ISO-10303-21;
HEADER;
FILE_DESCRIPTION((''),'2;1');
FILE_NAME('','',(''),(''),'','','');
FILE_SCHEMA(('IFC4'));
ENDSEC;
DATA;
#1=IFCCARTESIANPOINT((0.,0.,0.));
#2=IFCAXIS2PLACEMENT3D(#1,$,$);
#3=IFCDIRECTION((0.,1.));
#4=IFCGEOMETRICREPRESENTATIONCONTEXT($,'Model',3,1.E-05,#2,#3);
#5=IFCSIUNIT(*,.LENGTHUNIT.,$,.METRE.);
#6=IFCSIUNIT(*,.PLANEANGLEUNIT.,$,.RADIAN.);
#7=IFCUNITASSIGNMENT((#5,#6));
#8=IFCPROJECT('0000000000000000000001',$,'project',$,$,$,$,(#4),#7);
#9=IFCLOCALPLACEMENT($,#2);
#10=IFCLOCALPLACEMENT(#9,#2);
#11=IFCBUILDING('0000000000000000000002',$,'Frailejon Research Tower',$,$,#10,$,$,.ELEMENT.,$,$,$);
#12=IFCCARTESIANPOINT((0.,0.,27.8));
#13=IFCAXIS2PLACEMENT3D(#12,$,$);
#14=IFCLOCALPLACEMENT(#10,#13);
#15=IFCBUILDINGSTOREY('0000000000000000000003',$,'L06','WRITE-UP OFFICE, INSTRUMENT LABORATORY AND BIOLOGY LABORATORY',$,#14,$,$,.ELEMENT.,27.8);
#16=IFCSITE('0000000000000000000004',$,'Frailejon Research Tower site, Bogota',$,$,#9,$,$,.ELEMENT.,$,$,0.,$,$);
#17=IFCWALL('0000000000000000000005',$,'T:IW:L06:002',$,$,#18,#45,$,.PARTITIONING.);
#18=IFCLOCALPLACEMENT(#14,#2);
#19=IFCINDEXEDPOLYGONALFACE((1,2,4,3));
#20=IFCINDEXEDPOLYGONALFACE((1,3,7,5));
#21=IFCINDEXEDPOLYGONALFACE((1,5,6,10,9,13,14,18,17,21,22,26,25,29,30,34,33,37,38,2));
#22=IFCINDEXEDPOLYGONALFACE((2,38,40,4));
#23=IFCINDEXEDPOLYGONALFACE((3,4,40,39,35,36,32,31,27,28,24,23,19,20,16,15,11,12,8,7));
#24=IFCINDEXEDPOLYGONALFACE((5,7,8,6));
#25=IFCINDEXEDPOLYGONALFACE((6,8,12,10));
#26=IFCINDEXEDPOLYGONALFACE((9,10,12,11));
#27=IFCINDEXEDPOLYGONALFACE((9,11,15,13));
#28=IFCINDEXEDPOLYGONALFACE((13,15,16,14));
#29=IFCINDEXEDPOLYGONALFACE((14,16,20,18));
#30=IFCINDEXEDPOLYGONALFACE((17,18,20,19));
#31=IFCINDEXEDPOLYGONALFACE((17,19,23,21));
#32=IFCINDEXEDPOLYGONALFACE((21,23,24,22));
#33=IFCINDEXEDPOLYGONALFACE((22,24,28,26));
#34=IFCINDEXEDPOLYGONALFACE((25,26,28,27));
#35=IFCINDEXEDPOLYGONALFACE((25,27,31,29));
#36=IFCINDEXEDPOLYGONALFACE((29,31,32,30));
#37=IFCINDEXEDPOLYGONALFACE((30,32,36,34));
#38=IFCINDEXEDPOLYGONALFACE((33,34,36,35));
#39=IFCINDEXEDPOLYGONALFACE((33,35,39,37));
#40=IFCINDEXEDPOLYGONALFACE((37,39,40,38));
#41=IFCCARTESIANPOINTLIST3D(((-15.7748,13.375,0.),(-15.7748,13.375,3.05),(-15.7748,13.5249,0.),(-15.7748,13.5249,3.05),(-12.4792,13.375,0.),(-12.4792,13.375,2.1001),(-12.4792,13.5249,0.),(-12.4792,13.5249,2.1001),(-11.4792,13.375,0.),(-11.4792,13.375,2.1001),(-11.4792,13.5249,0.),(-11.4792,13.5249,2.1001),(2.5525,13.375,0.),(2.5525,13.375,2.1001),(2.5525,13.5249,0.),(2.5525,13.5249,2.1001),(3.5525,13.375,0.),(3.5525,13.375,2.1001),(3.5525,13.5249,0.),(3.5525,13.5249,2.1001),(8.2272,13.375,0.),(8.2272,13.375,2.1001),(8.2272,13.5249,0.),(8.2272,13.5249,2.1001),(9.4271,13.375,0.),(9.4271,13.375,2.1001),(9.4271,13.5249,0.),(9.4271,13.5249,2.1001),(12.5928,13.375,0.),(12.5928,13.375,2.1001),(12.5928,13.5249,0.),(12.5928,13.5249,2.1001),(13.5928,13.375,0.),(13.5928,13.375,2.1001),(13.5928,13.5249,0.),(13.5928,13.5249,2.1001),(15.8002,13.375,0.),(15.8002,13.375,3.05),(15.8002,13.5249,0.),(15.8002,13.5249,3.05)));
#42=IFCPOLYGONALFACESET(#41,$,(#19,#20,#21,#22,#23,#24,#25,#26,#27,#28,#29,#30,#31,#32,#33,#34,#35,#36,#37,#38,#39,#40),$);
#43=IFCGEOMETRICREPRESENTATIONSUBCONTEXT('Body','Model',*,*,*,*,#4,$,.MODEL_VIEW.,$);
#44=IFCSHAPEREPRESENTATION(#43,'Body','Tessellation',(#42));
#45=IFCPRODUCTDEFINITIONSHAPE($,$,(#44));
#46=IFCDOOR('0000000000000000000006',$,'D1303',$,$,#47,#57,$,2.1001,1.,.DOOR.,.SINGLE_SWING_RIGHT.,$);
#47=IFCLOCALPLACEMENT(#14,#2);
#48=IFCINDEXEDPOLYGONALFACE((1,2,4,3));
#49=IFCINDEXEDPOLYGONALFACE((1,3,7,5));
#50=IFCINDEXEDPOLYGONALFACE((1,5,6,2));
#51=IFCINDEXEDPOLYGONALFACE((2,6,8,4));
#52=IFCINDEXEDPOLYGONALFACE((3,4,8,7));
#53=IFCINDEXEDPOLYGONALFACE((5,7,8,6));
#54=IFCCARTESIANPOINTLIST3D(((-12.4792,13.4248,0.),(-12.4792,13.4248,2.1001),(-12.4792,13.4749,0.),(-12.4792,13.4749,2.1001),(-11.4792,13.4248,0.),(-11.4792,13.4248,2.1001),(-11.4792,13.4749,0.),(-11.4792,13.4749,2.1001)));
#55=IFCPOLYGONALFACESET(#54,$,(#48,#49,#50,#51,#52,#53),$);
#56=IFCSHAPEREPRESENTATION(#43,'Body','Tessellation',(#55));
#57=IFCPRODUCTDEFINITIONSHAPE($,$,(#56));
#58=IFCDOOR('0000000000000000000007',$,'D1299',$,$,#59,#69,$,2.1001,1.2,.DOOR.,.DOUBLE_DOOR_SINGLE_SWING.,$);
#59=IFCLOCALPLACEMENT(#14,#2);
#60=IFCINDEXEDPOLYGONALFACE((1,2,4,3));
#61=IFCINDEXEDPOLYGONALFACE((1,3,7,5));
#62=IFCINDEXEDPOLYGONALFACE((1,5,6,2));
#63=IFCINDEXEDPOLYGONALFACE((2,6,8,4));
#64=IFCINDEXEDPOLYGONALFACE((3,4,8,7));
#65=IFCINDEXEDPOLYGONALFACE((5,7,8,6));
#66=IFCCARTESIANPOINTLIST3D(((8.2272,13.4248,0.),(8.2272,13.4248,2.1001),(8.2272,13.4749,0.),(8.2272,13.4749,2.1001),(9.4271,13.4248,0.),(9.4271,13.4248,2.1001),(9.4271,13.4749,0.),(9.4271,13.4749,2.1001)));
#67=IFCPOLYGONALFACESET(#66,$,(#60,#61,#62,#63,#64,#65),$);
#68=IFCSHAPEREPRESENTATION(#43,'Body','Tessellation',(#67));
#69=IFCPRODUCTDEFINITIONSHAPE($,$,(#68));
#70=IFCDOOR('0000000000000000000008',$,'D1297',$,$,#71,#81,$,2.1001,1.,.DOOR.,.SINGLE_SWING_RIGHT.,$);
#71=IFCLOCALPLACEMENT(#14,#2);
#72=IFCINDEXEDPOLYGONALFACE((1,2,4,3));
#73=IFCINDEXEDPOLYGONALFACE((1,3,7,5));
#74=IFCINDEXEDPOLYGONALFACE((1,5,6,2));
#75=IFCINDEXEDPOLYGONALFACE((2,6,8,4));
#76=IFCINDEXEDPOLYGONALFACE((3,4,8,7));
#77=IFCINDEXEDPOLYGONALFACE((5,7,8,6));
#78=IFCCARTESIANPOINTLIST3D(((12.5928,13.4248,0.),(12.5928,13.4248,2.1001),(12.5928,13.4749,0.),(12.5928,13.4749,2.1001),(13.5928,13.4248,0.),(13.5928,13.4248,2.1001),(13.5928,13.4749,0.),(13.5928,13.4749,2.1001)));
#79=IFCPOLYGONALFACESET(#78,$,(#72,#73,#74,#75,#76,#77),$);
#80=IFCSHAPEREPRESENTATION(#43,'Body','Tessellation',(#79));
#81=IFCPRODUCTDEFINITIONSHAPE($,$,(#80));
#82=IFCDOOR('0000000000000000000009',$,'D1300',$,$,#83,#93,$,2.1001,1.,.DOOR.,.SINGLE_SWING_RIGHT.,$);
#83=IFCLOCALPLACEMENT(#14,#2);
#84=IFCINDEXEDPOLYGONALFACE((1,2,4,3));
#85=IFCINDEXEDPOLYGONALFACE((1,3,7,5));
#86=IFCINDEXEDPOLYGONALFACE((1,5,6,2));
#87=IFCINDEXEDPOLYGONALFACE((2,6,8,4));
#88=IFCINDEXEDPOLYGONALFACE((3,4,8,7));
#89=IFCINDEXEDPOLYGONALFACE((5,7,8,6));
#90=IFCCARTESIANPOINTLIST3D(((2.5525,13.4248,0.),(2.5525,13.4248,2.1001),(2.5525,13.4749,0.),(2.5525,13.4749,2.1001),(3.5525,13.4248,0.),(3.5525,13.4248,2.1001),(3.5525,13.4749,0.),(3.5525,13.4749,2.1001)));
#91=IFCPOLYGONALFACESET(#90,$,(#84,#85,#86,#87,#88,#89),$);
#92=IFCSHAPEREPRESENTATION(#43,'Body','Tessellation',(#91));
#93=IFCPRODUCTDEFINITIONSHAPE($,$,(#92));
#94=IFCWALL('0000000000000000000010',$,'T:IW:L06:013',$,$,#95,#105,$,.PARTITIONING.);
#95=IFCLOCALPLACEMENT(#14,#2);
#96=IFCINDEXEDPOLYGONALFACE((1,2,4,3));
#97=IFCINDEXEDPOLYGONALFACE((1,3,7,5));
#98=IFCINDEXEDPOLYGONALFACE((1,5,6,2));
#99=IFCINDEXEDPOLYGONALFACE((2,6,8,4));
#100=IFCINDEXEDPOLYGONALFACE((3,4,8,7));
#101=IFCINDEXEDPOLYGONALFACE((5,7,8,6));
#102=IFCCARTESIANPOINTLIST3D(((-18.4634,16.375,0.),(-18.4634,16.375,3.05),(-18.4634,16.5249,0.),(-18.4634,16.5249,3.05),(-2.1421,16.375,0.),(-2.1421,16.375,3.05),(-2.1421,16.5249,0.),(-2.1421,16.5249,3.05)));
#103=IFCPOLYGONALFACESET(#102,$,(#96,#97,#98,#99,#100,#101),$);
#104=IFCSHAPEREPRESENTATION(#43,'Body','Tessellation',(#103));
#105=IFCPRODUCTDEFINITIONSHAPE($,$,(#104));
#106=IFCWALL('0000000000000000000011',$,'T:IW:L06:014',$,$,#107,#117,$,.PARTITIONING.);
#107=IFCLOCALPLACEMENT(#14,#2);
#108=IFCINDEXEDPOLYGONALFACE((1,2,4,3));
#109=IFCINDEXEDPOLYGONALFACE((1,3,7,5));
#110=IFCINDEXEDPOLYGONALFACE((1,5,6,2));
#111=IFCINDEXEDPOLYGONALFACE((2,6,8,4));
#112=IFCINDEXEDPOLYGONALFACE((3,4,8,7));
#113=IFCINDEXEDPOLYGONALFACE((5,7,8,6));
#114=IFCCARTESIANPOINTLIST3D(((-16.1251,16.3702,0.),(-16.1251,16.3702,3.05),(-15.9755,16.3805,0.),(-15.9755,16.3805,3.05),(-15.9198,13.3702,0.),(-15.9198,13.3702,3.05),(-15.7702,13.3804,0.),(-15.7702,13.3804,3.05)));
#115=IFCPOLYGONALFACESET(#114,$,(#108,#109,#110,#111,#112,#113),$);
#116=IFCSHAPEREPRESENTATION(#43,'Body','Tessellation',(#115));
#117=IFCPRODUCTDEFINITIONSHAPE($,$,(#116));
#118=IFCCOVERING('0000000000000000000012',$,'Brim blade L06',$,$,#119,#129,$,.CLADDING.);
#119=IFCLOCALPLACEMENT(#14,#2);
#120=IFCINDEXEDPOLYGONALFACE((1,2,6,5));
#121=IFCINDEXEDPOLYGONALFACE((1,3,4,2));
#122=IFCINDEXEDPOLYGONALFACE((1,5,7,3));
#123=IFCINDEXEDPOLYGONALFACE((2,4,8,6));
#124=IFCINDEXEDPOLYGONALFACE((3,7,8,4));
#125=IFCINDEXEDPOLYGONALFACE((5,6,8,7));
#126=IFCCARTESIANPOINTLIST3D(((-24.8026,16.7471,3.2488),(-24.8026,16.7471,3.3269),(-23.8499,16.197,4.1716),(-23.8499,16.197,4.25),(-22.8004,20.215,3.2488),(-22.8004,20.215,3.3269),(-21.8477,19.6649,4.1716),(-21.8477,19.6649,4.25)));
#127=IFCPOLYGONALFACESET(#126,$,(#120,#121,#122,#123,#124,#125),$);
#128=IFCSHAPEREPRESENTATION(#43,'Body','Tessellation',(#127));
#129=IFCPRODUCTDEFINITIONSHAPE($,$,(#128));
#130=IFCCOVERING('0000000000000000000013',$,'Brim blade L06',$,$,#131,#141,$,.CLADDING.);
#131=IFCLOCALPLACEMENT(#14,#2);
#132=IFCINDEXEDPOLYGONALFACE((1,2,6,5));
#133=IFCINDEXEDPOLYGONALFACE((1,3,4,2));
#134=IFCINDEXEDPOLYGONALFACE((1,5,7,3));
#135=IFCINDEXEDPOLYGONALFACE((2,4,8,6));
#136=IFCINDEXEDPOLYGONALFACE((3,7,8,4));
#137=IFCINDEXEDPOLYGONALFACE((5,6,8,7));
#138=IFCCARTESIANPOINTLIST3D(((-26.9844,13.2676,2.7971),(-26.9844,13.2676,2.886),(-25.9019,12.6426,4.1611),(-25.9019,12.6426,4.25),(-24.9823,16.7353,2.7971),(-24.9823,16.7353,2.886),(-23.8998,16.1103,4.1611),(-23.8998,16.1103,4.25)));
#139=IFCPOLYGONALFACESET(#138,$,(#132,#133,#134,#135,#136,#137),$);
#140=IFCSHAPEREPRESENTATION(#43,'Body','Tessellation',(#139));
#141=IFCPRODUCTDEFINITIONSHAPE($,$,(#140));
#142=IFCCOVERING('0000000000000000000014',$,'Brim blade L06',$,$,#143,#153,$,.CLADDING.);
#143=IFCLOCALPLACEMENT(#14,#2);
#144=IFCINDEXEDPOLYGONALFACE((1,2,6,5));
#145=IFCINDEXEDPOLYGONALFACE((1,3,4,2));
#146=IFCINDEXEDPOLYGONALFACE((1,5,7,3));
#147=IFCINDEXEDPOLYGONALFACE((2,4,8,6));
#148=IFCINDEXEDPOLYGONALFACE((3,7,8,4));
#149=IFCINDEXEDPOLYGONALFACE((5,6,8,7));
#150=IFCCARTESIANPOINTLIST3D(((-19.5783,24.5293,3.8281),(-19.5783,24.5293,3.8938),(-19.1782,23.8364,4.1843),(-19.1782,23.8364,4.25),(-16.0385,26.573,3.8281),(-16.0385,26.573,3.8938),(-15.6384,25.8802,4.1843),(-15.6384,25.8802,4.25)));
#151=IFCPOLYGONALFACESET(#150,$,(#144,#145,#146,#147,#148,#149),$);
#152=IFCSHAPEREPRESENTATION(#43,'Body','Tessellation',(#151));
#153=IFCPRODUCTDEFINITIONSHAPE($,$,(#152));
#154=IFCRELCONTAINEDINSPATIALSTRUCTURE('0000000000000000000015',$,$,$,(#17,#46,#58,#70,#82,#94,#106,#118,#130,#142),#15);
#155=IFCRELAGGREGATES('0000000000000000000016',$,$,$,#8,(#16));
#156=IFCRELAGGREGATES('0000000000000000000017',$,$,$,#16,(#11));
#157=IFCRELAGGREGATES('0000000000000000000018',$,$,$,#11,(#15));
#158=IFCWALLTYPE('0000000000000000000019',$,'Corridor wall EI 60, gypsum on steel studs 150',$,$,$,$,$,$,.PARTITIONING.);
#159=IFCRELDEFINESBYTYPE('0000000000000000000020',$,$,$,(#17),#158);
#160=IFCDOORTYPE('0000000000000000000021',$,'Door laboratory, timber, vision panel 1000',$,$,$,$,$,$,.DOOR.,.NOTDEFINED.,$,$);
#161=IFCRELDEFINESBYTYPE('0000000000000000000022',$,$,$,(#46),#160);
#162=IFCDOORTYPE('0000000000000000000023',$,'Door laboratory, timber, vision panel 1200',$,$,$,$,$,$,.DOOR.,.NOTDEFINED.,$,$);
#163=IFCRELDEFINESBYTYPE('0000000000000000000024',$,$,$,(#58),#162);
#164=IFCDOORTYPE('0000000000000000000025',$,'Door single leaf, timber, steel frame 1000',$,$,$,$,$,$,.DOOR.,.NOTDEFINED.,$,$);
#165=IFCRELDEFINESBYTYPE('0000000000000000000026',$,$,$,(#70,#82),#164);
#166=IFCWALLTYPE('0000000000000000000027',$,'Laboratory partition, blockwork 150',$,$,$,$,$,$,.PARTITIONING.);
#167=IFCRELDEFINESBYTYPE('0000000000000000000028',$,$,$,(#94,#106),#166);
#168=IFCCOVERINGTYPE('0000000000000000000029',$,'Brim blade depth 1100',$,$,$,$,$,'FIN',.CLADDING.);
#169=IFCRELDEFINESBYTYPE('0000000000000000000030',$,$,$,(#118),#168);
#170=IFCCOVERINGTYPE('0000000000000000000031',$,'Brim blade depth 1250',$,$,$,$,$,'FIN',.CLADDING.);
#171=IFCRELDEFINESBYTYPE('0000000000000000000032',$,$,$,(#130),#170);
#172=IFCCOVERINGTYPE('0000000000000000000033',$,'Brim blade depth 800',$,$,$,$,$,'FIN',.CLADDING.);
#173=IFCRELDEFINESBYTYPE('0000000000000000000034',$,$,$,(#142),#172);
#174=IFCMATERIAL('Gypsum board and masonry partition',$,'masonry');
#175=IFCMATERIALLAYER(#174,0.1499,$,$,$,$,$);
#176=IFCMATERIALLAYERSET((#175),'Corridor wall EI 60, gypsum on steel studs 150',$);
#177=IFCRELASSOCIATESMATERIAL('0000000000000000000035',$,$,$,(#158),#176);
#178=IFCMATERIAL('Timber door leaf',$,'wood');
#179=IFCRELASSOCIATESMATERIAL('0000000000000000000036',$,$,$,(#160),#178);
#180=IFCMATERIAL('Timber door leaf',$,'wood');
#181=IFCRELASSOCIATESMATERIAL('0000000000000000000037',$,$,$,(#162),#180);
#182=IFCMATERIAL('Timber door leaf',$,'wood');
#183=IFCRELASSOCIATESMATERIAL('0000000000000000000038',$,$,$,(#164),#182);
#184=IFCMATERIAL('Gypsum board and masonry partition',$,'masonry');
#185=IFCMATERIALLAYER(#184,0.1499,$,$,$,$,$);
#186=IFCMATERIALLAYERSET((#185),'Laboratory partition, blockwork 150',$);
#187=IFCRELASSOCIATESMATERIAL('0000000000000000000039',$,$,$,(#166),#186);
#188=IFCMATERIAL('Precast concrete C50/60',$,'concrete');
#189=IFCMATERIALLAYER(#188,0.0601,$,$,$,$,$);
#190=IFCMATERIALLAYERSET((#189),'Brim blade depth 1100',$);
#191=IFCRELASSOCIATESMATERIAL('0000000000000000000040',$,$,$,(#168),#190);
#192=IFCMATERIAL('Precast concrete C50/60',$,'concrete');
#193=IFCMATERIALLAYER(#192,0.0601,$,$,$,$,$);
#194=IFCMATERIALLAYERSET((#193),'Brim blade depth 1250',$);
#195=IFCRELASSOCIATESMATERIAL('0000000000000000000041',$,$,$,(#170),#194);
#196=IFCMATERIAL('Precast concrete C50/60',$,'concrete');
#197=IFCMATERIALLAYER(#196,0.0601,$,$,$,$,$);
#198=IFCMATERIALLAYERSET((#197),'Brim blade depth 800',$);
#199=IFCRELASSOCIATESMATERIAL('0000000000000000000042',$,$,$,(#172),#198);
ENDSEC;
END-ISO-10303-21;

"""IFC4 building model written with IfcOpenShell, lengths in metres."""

from ifc_helpers import new_model, si_unit, direction, frame, frame_2d, origin, place, context, subcontext, project, spatial, polyline, rectangle, outline, extrude, material, layer, layer_set, type_object, element, fill, save


model = new_model("IFC4")

# Units and contexts
model_context = context("Model", 3, precision=1e-05, world=origin(), true_north=direction((0.0, 1.0)))
body_context = subcontext(model_context, "Body", "Model", "MODEL_VIEW")
ifc_project = project(units=[si_unit("LENGTHUNIT", "METRE"), si_unit("PLANEANGLEUNIT", "RADIAN")], contexts=[model_context])

# Site, building, storey
site_placement = place(None, origin())
site = spatial("IfcSite", under=ifc_project, at=site_placement, Name="Frailejon Research Tower site, Bogota", CompositionType="ELEMENT", RefElevation=0.0)
building_placement = place(site_placement, origin())
building = spatial("IfcBuilding", under=site, at=building_placement, Name="Frailejon Research Tower", CompositionType="ELEMENT")
storey_placement = place(building_placement, frame((0.0, 0.0, 27.8)))
storey = spatial("IfcBuildingStorey", under=building, at=storey_placement, Name="L06", Description="WRITE-UP OFFICE, INSTRUMENT LABORATORY AND BIOLOGY LABORATORY", CompositionType="ELEMENT", Elevation=27.8)

# Wall, openings, doors
ifc_material_1 = material(Name="Gypsum board and masonry partition", Category="masonry")
ifc_layer_1 = layer(ifc_material_1, 0.1499)
ifc_layer_set_1 = layer_set([ifc_layer_1], Name="Corridor wall EI 60, gypsum on steel studs 150")
wall_type_1 = type_object("IfcWallType", Name="Corridor wall EI 60, gypsum on steel studs 150", PredefinedType="PARTITIONING", material=ifc_layer_set_1)
wall_1_placement = place(storey_placement, frame((-15.7749, 13.45, 0.0), z_axis=(0.0, 0.0, 1.0), x_axis=(1.0, 0.0, 0.0)))
wall_1 = element("IfcWall", 1, at=wall_1_placement, inside=storey, type_object=wall_type_1, Name="T:IW:L06:002", PredefinedType="PARTITIONING", context=body_context, shape_type="SweptSolid", body=[
    extrude(rectangle(XDim=31.575, YDim=0.1499, at=frame_2d((15.7876, 0.0))), origin(), (0.0, 0.0, 1.0), 3.05),
])
opening_1_placement = place(wall_1_placement, frame((28.3677, 0.0, 0.0)))
opening_1 = element("IfcOpeningElement", 2, at=opening_1_placement, cuts=wall_1, PredefinedType="OPENING", context=body_context, shape_type="SweptSolid", body=[
    extrude(rectangle(XDim=1.0, YDim=2.1001, at=frame_2d((0.5, 1.05))), frame((0.0, 0.085, 0.0), z_axis=(0.0, -1.0, 0.0), x_axis=(1.0, 0.0, 0.0)), (0.0, 0.0, 1.0), 0.1699),
])
opening_2_placement = place(wall_1_placement, frame((24.002, 0.0, 0.0)))
opening_2 = element("IfcOpeningElement", 3, at=opening_2_placement, cuts=wall_1, PredefinedType="OPENING", context=body_context, shape_type="SweptSolid", body=[
    extrude(rectangle(XDim=1.2, YDim=2.1001, at=frame_2d((0.6001, 1.05))), frame((0.0, 0.085, 0.0), z_axis=(0.0, -1.0, 0.0), x_axis=(1.0, 0.0, 0.0)), (0.0, 0.0, 1.0), 0.1699),
])
opening_3_placement = place(wall_1_placement, frame((18.3274, 0.0, 0.0)))
opening_3 = element("IfcOpeningElement", 4, at=opening_3_placement, cuts=wall_1, PredefinedType="OPENING", context=body_context, shape_type="SweptSolid", body=[
    extrude(rectangle(XDim=1.0, YDim=2.1001, at=frame_2d((0.5, 1.05))), frame((0.0, 0.085, 0.0), z_axis=(0.0, -1.0, 0.0), x_axis=(1.0, 0.0, 0.0)), (0.0, 0.0, 1.0), 0.1699),
])
opening_4_placement = place(wall_1_placement, frame((3.2957, 0.0, 0.0)))
opening_4 = element("IfcOpeningElement", 5, at=opening_4_placement, cuts=wall_1, PredefinedType="OPENING", context=body_context, shape_type="SweptSolid", body=[
    extrude(rectangle(XDim=1.0, YDim=2.1001, at=frame_2d((0.5, 1.05))), frame((0.0, 0.085, 0.0), z_axis=(0.0, -1.0, 0.0), x_axis=(1.0, 0.0, 0.0)), (0.0, 0.0, 1.0), 0.1699),
])
ifc_material_2 = material(Name="Timber door leaf", Category="wood")
door_type_1 = type_object("IfcDoorType", Name="Door laboratory, timber, vision panel 1000", OperationType="NOTDEFINED", PredefinedType="DOOR", material=ifc_material_2)
door_1_placement = place(opening_4_placement, origin())
door_1 = element("IfcDoor", 6, at=door_1_placement, inside=storey, type_object=door_type_1, Name="D1303", OperationType="SINGLE_SWING_RIGHT", OverallHeight=2.1001, OverallWidth=1.0, PredefinedType="DOOR", context=body_context, shape_type="SweptSolid", body=[
    extrude(rectangle(XDim=1.0, YDim=2.1001, at=frame_2d((0.5, 1.05))), frame((0.0, 0.0249, 0.0), z_axis=(0.0, -1.0, 0.0), x_axis=(1.0, 0.0, 0.0)), (0.0, 0.0, 1.0), 0.05),
])
fill(opening_4, door_1)
ifc_material_3 = material(Name="Timber door leaf", Category="wood")
door_type_2 = type_object("IfcDoorType", Name="Door laboratory, timber, vision panel 1200", OperationType="NOTDEFINED", PredefinedType="DOOR", material=ifc_material_3)
door_2_placement = place(opening_2_placement, origin())
door_2 = element("IfcDoor", 7, at=door_2_placement, inside=storey, type_object=door_type_2, Name="D1299", OperationType="DOUBLE_DOOR_SINGLE_SWING", OverallHeight=2.1001, OverallWidth=1.2, PredefinedType="DOOR", context=body_context, shape_type="SweptSolid", body=[
    extrude(rectangle(XDim=1.2, YDim=2.1001, at=frame_2d((0.6001, 1.05))), frame((0.0, 0.0249, 0.0), z_axis=(0.0, -1.0, 0.0), x_axis=(1.0, 0.0, 0.0)), (0.0, 0.0, 1.0), 0.05),
])
fill(opening_2, door_2)
ifc_material_4 = material(Name="Timber door leaf", Category="wood")
door_type_3 = type_object("IfcDoorType", Name="Door single leaf, timber, steel frame 1000", OperationType="NOTDEFINED", PredefinedType="DOOR", material=ifc_material_4)
door_3_placement = place(opening_1_placement, origin())
door_3 = element("IfcDoor", 8, at=door_3_placement, inside=storey, type_object=door_type_3, Name="D1297", OperationType="SINGLE_SWING_RIGHT", OverallHeight=2.1001, OverallWidth=1.0, PredefinedType="DOOR", context=body_context, shape_type="SweptSolid", body=[
    extrude(rectangle(XDim=1.0, YDim=2.1001, at=frame_2d((0.5, 1.05))), frame((0.0, 0.0249, 0.0), z_axis=(0.0, -1.0, 0.0), x_axis=(1.0, 0.0, 0.0)), (0.0, 0.0, 1.0), 0.05),
])
fill(opening_1, door_3)
door_4_placement = place(opening_3_placement, origin())
door_4 = element("IfcDoor", 9, at=door_4_placement, inside=storey, type_object=door_type_3, Name="D1300", OperationType="SINGLE_SWING_RIGHT", OverallHeight=2.1001, OverallWidth=1.0, PredefinedType="DOOR", context=body_context, shape_type="SweptSolid", body=[
    extrude(rectangle(XDim=1.0, YDim=2.1001, at=frame_2d((0.5, 1.05))), frame((0.0, 0.0249, 0.0), z_axis=(0.0, -1.0, 0.0), x_axis=(1.0, 0.0, 0.0)), (0.0, 0.0, 1.0), 0.05),
])
fill(opening_3, door_4)

# Walls
ifc_material_5 = material(Name="Gypsum board and masonry partition", Category="masonry")
ifc_layer_2 = layer(ifc_material_5, 0.1499)
ifc_layer_set_2 = layer_set([ifc_layer_2], Name="Laboratory partition, blockwork 150")
wall_type_2 = type_object("IfcWallType", Name="Laboratory partition, blockwork 150", PredefinedType="PARTITIONING", material=ifc_layer_set_2)
wall_2_placement = place(storey_placement, frame((-18.4634, 16.45, 0.0), z_axis=(0.0, 0.0, 1.0), x_axis=(1.0, 0.0, 0.0)))
element("IfcWall", 10, at=wall_2_placement, inside=storey, type_object=wall_type_2, Name="T:IW:L06:013", PredefinedType="PARTITIONING", context=body_context, shape_type="SweptSolid", body=[
    extrude(rectangle(XDim=16.3213, YDim=0.1499, at=frame_2d((8.1606, 0.0))), origin(), (0.0, 0.0, 1.0), 3.05),
])
wall_3_placement = place(storey_placement, frame((-16.0503, 16.3752, 0.0), z_axis=(0.0, 0.0, 1.0), x_axis=(0.068281, -0.997666, 0.0)))
element("IfcWall", 11, at=wall_3_placement, inside=storey, type_object=wall_type_2, Name="T:IW:L06:014", PredefinedType="PARTITIONING", context=body_context, shape_type="SweptSolid", body=[
    extrude(rectangle(XDim=3.0071, YDim=0.1499, at=frame_2d((1.5034, 0.0))), origin(), (0.0, 0.0, 1.0), 3.05),
])

# Coverings
ifc_material_6 = material(Name="Precast concrete C50/60", Category="concrete")
ifc_layer_3 = layer(ifc_material_6, 0.0601)
ifc_layer_set_3 = layer_set([ifc_layer_3], Name="Brim blade depth 1100")
covering_type_1 = type_object("IfcCoveringType", Name="Brim blade depth 1100", ElementType="FIN", PredefinedType="CLADDING", material=ifc_layer_set_3)
covering_1_placement = place(storey_placement, frame((-23.8499, 16.197, 4.25), z_axis=(0.499994, 0.866029, 0.0), x_axis=(-0.866029, 0.499994, 0.0)))
element("IfcCovering", 12, at=covering_1_placement, inside=storey, type_object=covering_type_1, Name="Brim blade L06", PredefinedType="CLADDING", context=body_context, shape_type="SweptSolid", body=[
    extrude(outline(polyline([(0.0, -0.0784), (1.1001, -1.0012), (1.1001, -0.9231), (0.0, 0.0), (0.0, -0.0784)])), origin(), (0.0, 0.0, 1.0), 4.0044),
])
ifc_material_7 = material(Name="Precast concrete C50/60", Category="concrete")
ifc_layer_4 = layer(ifc_material_7, 0.0601)
ifc_layer_set_4 = layer_set([ifc_layer_4], Name="Brim blade depth 1250")
covering_type_2 = type_object("IfcCoveringType", Name="Brim blade depth 1250", ElementType="FIN", PredefinedType="CLADDING", material=ifc_layer_set_4)
covering_2_placement = place(storey_placement, frame((-25.9019, 12.6426, 4.25), z_axis=(0.500004, 0.866023, 0.0), x_axis=(-0.866023, 0.500004, 0.0)))
element("IfcCovering", 13, at=covering_2_placement, inside=storey, type_object=covering_type_2, Name="Brim blade L06", PredefinedType="CLADDING", context=body_context, shape_type="SweptSolid", body=[
    extrude(outline(polyline([(0.0, -0.0889), (1.25, -1.4529), (1.25, -1.364), (0.0, 0.0), (0.0, -0.0889)])), origin(), (0.0, 0.0, 1.0), 4.0042),
])
ifc_material_8 = material(Name="Precast concrete C50/60", Category="concrete")
ifc_layer_5 = layer(ifc_material_8, 0.0601)
ifc_layer_set_5 = layer_set([ifc_layer_5], Name="Brim blade depth 800")
covering_type_3 = type_object("IfcCoveringType", Name="Brim blade depth 800", ElementType="FIN", PredefinedType="CLADDING", material=ifc_layer_set_5)
covering_3_placement = place(storey_placement, frame((-19.1782, 23.8364, 4.25), z_axis=(0.866021, 0.500007, 0.0), x_axis=(-0.500007, 0.866021, 0.0)))
element("IfcCovering", 14, at=covering_3_placement, inside=storey, type_object=covering_type_3, Name="Brim blade L06", PredefinedType="CLADDING", context=body_context, shape_type="SweptSolid", body=[
    extrude(outline(polyline([(0.0, -0.0657), (0.8, -0.4219), (0.8, -0.3562), (0.0, 0.0), (0.0, -0.0657)])), origin(), (0.0, 0.0, 1.0), 4.0874),
])

save(model, "model.ifc")
